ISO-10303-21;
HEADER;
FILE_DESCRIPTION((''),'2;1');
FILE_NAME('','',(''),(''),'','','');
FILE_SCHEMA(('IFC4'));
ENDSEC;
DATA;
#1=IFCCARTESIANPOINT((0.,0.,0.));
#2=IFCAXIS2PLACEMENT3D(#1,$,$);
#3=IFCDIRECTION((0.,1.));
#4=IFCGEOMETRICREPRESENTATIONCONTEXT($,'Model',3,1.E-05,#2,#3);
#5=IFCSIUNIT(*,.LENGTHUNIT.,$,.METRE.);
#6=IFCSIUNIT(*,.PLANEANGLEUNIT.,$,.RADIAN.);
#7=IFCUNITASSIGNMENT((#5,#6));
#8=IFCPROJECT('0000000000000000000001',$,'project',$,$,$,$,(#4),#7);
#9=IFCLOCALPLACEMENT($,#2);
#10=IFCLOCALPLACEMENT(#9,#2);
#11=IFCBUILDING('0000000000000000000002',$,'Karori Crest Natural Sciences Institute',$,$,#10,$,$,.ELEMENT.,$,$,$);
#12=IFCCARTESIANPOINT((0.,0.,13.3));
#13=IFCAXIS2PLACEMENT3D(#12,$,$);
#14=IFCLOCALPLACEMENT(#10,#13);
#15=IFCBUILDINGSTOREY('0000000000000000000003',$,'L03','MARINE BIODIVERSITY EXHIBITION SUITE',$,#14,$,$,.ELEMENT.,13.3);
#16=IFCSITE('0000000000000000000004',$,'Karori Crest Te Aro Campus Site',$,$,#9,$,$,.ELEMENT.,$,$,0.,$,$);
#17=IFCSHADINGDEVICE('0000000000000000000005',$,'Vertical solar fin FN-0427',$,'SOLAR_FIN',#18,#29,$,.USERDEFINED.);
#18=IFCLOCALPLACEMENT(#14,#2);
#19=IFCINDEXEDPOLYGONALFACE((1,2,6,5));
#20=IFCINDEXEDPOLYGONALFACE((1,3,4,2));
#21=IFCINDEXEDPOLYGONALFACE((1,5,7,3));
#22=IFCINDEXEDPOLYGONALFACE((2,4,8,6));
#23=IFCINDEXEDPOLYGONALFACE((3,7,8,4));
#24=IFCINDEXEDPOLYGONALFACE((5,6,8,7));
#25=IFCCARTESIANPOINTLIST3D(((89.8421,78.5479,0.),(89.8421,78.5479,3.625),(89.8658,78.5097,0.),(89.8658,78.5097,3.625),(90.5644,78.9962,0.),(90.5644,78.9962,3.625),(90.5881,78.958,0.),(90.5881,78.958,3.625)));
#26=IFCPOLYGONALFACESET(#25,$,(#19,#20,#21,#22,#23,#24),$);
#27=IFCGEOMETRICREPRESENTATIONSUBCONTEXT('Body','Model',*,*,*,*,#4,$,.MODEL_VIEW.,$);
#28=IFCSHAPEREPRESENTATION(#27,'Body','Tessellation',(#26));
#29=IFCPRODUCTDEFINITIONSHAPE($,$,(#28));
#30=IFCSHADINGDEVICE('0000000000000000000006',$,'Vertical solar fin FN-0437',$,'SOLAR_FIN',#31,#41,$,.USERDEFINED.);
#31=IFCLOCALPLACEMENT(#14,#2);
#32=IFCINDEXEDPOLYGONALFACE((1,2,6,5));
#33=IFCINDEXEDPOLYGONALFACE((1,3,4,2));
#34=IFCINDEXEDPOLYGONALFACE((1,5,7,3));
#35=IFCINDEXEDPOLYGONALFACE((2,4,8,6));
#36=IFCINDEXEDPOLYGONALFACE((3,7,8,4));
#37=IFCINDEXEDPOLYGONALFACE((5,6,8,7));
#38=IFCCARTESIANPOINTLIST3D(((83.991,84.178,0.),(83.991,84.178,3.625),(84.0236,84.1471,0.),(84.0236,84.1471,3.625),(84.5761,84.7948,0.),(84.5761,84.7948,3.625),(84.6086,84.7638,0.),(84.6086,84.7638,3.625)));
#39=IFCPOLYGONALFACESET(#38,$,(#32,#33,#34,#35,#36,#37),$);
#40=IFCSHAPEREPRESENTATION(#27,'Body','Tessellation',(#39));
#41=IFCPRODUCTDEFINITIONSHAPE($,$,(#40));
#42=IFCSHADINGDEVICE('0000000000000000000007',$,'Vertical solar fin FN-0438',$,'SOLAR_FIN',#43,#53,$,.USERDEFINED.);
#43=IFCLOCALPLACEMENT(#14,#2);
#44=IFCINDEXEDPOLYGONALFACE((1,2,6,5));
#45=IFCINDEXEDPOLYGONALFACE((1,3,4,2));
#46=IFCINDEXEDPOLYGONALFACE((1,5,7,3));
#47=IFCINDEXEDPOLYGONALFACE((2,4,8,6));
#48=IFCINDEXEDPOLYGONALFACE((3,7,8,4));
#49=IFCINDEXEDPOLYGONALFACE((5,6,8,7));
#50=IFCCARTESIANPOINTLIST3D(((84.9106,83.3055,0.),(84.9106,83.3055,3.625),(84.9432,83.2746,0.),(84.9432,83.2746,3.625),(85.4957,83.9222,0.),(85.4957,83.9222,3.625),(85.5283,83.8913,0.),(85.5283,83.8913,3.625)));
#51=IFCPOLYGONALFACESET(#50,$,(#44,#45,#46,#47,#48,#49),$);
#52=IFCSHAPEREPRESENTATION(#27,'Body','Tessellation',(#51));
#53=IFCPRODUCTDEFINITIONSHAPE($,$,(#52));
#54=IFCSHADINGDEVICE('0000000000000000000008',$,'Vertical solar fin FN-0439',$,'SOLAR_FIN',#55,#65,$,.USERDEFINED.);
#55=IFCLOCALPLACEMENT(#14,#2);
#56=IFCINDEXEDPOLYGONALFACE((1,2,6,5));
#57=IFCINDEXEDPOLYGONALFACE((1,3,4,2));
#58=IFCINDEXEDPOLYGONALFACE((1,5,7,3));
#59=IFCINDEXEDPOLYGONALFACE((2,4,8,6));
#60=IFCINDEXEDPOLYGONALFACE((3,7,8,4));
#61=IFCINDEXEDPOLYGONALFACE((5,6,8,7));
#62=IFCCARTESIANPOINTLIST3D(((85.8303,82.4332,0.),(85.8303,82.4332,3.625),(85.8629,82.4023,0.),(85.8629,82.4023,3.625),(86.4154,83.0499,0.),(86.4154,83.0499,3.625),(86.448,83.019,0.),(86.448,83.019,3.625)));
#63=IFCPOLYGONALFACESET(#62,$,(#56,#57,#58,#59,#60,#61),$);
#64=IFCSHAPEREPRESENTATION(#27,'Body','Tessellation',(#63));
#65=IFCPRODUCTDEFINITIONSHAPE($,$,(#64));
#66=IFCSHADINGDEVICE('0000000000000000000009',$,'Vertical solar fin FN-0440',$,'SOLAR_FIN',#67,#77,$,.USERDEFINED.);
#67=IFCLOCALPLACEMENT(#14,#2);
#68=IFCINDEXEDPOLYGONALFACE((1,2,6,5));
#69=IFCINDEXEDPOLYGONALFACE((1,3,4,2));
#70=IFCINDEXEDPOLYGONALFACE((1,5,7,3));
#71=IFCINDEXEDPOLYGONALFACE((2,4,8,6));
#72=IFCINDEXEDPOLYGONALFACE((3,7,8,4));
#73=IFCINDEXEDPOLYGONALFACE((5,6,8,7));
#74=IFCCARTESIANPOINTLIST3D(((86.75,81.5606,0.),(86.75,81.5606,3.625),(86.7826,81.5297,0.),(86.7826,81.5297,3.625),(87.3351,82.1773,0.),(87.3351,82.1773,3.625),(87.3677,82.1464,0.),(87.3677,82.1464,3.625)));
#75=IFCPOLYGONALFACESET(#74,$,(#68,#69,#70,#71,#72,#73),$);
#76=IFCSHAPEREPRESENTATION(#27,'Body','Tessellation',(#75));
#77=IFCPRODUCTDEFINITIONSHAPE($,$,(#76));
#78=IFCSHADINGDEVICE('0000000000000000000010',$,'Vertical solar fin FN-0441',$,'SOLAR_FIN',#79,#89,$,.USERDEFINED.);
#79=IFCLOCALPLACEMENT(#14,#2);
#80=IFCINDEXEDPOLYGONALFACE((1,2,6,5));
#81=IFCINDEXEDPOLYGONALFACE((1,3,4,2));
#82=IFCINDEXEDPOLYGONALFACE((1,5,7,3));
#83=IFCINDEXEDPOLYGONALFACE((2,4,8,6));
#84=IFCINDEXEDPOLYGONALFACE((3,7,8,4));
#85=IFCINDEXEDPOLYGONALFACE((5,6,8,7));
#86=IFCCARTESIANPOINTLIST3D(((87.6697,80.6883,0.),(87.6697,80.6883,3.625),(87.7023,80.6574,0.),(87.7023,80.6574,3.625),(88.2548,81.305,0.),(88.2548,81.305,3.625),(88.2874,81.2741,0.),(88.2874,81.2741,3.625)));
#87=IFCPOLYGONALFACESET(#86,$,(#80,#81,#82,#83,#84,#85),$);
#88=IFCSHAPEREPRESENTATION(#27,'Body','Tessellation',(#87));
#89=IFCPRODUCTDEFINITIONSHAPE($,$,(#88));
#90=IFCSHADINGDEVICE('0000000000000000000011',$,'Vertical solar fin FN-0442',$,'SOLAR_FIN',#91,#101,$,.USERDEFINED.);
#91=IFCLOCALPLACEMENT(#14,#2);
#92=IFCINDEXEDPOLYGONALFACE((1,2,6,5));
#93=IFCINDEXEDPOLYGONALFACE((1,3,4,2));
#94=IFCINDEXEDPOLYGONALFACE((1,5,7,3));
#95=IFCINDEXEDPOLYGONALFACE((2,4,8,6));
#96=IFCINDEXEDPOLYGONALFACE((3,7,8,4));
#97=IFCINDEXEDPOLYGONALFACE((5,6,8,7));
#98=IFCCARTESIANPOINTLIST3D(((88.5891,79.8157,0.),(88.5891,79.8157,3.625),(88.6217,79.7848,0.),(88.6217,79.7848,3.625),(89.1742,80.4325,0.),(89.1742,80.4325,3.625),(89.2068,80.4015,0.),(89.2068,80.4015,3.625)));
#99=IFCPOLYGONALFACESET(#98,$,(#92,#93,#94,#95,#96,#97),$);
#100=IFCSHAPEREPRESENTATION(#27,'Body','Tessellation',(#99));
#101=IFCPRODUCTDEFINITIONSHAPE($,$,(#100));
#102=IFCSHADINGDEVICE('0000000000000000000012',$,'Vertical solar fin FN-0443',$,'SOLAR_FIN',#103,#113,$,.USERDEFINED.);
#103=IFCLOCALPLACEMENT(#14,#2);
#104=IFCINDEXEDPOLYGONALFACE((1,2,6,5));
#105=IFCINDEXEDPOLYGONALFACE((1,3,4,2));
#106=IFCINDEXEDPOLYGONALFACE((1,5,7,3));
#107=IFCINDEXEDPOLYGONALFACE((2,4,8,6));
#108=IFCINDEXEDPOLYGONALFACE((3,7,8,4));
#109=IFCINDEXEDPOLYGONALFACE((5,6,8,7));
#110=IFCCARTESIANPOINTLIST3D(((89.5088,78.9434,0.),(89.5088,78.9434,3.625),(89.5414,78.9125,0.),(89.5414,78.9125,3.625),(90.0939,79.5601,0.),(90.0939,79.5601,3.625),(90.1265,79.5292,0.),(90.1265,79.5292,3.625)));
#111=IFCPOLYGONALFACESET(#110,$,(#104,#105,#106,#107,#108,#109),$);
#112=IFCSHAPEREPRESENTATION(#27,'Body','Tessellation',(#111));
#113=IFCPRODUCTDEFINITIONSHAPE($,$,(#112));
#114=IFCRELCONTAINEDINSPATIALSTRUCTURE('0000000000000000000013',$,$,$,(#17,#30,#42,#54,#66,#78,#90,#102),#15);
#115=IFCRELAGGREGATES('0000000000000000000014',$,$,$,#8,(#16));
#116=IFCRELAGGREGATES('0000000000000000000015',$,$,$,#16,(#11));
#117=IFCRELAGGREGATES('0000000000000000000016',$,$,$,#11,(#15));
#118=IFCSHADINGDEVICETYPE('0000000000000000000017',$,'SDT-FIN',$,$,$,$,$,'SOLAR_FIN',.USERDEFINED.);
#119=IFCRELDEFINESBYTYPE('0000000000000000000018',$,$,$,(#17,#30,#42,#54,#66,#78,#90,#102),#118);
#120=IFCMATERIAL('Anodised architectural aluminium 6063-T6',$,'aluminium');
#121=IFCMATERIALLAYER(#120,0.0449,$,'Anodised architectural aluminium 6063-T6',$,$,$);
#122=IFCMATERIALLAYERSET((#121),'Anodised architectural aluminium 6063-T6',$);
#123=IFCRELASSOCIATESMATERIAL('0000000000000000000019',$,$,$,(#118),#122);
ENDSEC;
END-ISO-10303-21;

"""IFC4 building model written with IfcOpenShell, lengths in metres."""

from ifc_helpers import new_model, si_unit, direction, frame, origin, origin_2d, place, context, subcontext, project, spatial, rectangle, extrude, material, layer, layer_set, type_object, element, save


model = new_model("IFC4")

# Units and contexts
model_context = context("Model", 3, precision=1e-05, world=origin(), true_north=direction((0.0, 1.0)))
body_context = subcontext(model_context, "Body", "Model", "MODEL_VIEW")
ifc_project = project(units=[si_unit("LENGTHUNIT", "METRE"), si_unit("PLANEANGLEUNIT", "RADIAN")], contexts=[model_context])

# Site, building, storey
site_placement = place(None, origin())
site = spatial("IfcSite", under=ifc_project, at=site_placement, Name="Karori Crest Te Aro Campus Site", CompositionType="ELEMENT", RefElevation=0.0)
building_placement = place(site_placement, origin())
building = spatial("IfcBuilding", under=site, at=building_placement, Name="Karori Crest Natural Sciences Institute", CompositionType="ELEMENT")
storey_placement = place(building_placement, frame((0.0, 0.0, 13.3)))
storey = spatial("IfcBuildingStorey", under=building, at=storey_placement, Name="L03", Description="MARINE BIODIVERSITY EXHIBITION SUITE", CompositionType="ELEMENT", Elevation=13.3)

# Shared definitions
ifc_material_1 = material(Name="Anodised architectural aluminium 6063-T6", Category="aluminium")

# Shading devices
ifc_layer_1 = layer(ifc_material_1, 0.0449, Name="Anodised architectural aluminium 6063-T6")
ifc_layer_set_1 = layer_set([ifc_layer_1], Name="Anodised architectural aluminium 6063-T6")
shading_device_type = type_object("IfcShadingDeviceType", Name="SDT-FIN", ElementType="SOLAR_FIN", PredefinedType="USERDEFINED", material=ifc_layer_set_1)
for number, where, z_axis, x_axis, name in (
    (1, (90.2151, 78.7529, 0.0), (0.0, 0.0, 1.0), (0.849662, 0.527328, 0.0), "Vertical solar fin FN-0427"),
    (2, (84.2998, 84.4709, 0.0), (0.0, 0.0, 1.0), (0.688252, 0.725472, 0.0), "Vertical solar fin FN-0437"),
    (3, (85.2195, 83.5984, 0.0), (0.0, 0.0, 1.0), (0.688252, 0.725472, 0.0), "Vertical solar fin FN-0438"),
    (4, (86.1392, 82.7261, 0.0), (0.0, 0.0, 1.0), (0.688252, 0.725472, 0.0), "Vertical solar fin FN-0439"),
    (5, (87.0588, 81.8535, 0.0), (0.0, 0.0, 1.0), (0.688252, 0.725472, 0.0), "Vertical solar fin FN-0440"),
    (6, (87.9785, 80.9812, 0.0), (0.0, 0.0, 1.0), (0.688252, 0.725472, 0.0), "Vertical solar fin FN-0441"),
    (7, (88.8979, 80.1086, 0.0), (0.0, 0.0, 1.0), (0.688252, 0.725472, 0.0), "Vertical solar fin FN-0442"),
    (8, (89.8176, 79.2363, 0.0), (0.0, 0.0, 1.0), (0.688252, 0.725472, 0.0), "Vertical solar fin FN-0443"),
):
    element("IfcShadingDevice", number, at=place(storey_placement, frame(where, z_axis=z_axis, x_axis=x_axis)), inside=storey, type_object=shading_device_type, Name=name, ObjectType="SOLAR_FIN", PredefinedType="USERDEFINED", context=body_context, shape_type="SweptSolid", body=[
        extrude(rectangle(XDim=0.8501, YDim=0.0449, at=origin_2d()), origin(), (0.0, 0.0, 1.0), 3.625),
    ])

save(model, "model.ifc")
